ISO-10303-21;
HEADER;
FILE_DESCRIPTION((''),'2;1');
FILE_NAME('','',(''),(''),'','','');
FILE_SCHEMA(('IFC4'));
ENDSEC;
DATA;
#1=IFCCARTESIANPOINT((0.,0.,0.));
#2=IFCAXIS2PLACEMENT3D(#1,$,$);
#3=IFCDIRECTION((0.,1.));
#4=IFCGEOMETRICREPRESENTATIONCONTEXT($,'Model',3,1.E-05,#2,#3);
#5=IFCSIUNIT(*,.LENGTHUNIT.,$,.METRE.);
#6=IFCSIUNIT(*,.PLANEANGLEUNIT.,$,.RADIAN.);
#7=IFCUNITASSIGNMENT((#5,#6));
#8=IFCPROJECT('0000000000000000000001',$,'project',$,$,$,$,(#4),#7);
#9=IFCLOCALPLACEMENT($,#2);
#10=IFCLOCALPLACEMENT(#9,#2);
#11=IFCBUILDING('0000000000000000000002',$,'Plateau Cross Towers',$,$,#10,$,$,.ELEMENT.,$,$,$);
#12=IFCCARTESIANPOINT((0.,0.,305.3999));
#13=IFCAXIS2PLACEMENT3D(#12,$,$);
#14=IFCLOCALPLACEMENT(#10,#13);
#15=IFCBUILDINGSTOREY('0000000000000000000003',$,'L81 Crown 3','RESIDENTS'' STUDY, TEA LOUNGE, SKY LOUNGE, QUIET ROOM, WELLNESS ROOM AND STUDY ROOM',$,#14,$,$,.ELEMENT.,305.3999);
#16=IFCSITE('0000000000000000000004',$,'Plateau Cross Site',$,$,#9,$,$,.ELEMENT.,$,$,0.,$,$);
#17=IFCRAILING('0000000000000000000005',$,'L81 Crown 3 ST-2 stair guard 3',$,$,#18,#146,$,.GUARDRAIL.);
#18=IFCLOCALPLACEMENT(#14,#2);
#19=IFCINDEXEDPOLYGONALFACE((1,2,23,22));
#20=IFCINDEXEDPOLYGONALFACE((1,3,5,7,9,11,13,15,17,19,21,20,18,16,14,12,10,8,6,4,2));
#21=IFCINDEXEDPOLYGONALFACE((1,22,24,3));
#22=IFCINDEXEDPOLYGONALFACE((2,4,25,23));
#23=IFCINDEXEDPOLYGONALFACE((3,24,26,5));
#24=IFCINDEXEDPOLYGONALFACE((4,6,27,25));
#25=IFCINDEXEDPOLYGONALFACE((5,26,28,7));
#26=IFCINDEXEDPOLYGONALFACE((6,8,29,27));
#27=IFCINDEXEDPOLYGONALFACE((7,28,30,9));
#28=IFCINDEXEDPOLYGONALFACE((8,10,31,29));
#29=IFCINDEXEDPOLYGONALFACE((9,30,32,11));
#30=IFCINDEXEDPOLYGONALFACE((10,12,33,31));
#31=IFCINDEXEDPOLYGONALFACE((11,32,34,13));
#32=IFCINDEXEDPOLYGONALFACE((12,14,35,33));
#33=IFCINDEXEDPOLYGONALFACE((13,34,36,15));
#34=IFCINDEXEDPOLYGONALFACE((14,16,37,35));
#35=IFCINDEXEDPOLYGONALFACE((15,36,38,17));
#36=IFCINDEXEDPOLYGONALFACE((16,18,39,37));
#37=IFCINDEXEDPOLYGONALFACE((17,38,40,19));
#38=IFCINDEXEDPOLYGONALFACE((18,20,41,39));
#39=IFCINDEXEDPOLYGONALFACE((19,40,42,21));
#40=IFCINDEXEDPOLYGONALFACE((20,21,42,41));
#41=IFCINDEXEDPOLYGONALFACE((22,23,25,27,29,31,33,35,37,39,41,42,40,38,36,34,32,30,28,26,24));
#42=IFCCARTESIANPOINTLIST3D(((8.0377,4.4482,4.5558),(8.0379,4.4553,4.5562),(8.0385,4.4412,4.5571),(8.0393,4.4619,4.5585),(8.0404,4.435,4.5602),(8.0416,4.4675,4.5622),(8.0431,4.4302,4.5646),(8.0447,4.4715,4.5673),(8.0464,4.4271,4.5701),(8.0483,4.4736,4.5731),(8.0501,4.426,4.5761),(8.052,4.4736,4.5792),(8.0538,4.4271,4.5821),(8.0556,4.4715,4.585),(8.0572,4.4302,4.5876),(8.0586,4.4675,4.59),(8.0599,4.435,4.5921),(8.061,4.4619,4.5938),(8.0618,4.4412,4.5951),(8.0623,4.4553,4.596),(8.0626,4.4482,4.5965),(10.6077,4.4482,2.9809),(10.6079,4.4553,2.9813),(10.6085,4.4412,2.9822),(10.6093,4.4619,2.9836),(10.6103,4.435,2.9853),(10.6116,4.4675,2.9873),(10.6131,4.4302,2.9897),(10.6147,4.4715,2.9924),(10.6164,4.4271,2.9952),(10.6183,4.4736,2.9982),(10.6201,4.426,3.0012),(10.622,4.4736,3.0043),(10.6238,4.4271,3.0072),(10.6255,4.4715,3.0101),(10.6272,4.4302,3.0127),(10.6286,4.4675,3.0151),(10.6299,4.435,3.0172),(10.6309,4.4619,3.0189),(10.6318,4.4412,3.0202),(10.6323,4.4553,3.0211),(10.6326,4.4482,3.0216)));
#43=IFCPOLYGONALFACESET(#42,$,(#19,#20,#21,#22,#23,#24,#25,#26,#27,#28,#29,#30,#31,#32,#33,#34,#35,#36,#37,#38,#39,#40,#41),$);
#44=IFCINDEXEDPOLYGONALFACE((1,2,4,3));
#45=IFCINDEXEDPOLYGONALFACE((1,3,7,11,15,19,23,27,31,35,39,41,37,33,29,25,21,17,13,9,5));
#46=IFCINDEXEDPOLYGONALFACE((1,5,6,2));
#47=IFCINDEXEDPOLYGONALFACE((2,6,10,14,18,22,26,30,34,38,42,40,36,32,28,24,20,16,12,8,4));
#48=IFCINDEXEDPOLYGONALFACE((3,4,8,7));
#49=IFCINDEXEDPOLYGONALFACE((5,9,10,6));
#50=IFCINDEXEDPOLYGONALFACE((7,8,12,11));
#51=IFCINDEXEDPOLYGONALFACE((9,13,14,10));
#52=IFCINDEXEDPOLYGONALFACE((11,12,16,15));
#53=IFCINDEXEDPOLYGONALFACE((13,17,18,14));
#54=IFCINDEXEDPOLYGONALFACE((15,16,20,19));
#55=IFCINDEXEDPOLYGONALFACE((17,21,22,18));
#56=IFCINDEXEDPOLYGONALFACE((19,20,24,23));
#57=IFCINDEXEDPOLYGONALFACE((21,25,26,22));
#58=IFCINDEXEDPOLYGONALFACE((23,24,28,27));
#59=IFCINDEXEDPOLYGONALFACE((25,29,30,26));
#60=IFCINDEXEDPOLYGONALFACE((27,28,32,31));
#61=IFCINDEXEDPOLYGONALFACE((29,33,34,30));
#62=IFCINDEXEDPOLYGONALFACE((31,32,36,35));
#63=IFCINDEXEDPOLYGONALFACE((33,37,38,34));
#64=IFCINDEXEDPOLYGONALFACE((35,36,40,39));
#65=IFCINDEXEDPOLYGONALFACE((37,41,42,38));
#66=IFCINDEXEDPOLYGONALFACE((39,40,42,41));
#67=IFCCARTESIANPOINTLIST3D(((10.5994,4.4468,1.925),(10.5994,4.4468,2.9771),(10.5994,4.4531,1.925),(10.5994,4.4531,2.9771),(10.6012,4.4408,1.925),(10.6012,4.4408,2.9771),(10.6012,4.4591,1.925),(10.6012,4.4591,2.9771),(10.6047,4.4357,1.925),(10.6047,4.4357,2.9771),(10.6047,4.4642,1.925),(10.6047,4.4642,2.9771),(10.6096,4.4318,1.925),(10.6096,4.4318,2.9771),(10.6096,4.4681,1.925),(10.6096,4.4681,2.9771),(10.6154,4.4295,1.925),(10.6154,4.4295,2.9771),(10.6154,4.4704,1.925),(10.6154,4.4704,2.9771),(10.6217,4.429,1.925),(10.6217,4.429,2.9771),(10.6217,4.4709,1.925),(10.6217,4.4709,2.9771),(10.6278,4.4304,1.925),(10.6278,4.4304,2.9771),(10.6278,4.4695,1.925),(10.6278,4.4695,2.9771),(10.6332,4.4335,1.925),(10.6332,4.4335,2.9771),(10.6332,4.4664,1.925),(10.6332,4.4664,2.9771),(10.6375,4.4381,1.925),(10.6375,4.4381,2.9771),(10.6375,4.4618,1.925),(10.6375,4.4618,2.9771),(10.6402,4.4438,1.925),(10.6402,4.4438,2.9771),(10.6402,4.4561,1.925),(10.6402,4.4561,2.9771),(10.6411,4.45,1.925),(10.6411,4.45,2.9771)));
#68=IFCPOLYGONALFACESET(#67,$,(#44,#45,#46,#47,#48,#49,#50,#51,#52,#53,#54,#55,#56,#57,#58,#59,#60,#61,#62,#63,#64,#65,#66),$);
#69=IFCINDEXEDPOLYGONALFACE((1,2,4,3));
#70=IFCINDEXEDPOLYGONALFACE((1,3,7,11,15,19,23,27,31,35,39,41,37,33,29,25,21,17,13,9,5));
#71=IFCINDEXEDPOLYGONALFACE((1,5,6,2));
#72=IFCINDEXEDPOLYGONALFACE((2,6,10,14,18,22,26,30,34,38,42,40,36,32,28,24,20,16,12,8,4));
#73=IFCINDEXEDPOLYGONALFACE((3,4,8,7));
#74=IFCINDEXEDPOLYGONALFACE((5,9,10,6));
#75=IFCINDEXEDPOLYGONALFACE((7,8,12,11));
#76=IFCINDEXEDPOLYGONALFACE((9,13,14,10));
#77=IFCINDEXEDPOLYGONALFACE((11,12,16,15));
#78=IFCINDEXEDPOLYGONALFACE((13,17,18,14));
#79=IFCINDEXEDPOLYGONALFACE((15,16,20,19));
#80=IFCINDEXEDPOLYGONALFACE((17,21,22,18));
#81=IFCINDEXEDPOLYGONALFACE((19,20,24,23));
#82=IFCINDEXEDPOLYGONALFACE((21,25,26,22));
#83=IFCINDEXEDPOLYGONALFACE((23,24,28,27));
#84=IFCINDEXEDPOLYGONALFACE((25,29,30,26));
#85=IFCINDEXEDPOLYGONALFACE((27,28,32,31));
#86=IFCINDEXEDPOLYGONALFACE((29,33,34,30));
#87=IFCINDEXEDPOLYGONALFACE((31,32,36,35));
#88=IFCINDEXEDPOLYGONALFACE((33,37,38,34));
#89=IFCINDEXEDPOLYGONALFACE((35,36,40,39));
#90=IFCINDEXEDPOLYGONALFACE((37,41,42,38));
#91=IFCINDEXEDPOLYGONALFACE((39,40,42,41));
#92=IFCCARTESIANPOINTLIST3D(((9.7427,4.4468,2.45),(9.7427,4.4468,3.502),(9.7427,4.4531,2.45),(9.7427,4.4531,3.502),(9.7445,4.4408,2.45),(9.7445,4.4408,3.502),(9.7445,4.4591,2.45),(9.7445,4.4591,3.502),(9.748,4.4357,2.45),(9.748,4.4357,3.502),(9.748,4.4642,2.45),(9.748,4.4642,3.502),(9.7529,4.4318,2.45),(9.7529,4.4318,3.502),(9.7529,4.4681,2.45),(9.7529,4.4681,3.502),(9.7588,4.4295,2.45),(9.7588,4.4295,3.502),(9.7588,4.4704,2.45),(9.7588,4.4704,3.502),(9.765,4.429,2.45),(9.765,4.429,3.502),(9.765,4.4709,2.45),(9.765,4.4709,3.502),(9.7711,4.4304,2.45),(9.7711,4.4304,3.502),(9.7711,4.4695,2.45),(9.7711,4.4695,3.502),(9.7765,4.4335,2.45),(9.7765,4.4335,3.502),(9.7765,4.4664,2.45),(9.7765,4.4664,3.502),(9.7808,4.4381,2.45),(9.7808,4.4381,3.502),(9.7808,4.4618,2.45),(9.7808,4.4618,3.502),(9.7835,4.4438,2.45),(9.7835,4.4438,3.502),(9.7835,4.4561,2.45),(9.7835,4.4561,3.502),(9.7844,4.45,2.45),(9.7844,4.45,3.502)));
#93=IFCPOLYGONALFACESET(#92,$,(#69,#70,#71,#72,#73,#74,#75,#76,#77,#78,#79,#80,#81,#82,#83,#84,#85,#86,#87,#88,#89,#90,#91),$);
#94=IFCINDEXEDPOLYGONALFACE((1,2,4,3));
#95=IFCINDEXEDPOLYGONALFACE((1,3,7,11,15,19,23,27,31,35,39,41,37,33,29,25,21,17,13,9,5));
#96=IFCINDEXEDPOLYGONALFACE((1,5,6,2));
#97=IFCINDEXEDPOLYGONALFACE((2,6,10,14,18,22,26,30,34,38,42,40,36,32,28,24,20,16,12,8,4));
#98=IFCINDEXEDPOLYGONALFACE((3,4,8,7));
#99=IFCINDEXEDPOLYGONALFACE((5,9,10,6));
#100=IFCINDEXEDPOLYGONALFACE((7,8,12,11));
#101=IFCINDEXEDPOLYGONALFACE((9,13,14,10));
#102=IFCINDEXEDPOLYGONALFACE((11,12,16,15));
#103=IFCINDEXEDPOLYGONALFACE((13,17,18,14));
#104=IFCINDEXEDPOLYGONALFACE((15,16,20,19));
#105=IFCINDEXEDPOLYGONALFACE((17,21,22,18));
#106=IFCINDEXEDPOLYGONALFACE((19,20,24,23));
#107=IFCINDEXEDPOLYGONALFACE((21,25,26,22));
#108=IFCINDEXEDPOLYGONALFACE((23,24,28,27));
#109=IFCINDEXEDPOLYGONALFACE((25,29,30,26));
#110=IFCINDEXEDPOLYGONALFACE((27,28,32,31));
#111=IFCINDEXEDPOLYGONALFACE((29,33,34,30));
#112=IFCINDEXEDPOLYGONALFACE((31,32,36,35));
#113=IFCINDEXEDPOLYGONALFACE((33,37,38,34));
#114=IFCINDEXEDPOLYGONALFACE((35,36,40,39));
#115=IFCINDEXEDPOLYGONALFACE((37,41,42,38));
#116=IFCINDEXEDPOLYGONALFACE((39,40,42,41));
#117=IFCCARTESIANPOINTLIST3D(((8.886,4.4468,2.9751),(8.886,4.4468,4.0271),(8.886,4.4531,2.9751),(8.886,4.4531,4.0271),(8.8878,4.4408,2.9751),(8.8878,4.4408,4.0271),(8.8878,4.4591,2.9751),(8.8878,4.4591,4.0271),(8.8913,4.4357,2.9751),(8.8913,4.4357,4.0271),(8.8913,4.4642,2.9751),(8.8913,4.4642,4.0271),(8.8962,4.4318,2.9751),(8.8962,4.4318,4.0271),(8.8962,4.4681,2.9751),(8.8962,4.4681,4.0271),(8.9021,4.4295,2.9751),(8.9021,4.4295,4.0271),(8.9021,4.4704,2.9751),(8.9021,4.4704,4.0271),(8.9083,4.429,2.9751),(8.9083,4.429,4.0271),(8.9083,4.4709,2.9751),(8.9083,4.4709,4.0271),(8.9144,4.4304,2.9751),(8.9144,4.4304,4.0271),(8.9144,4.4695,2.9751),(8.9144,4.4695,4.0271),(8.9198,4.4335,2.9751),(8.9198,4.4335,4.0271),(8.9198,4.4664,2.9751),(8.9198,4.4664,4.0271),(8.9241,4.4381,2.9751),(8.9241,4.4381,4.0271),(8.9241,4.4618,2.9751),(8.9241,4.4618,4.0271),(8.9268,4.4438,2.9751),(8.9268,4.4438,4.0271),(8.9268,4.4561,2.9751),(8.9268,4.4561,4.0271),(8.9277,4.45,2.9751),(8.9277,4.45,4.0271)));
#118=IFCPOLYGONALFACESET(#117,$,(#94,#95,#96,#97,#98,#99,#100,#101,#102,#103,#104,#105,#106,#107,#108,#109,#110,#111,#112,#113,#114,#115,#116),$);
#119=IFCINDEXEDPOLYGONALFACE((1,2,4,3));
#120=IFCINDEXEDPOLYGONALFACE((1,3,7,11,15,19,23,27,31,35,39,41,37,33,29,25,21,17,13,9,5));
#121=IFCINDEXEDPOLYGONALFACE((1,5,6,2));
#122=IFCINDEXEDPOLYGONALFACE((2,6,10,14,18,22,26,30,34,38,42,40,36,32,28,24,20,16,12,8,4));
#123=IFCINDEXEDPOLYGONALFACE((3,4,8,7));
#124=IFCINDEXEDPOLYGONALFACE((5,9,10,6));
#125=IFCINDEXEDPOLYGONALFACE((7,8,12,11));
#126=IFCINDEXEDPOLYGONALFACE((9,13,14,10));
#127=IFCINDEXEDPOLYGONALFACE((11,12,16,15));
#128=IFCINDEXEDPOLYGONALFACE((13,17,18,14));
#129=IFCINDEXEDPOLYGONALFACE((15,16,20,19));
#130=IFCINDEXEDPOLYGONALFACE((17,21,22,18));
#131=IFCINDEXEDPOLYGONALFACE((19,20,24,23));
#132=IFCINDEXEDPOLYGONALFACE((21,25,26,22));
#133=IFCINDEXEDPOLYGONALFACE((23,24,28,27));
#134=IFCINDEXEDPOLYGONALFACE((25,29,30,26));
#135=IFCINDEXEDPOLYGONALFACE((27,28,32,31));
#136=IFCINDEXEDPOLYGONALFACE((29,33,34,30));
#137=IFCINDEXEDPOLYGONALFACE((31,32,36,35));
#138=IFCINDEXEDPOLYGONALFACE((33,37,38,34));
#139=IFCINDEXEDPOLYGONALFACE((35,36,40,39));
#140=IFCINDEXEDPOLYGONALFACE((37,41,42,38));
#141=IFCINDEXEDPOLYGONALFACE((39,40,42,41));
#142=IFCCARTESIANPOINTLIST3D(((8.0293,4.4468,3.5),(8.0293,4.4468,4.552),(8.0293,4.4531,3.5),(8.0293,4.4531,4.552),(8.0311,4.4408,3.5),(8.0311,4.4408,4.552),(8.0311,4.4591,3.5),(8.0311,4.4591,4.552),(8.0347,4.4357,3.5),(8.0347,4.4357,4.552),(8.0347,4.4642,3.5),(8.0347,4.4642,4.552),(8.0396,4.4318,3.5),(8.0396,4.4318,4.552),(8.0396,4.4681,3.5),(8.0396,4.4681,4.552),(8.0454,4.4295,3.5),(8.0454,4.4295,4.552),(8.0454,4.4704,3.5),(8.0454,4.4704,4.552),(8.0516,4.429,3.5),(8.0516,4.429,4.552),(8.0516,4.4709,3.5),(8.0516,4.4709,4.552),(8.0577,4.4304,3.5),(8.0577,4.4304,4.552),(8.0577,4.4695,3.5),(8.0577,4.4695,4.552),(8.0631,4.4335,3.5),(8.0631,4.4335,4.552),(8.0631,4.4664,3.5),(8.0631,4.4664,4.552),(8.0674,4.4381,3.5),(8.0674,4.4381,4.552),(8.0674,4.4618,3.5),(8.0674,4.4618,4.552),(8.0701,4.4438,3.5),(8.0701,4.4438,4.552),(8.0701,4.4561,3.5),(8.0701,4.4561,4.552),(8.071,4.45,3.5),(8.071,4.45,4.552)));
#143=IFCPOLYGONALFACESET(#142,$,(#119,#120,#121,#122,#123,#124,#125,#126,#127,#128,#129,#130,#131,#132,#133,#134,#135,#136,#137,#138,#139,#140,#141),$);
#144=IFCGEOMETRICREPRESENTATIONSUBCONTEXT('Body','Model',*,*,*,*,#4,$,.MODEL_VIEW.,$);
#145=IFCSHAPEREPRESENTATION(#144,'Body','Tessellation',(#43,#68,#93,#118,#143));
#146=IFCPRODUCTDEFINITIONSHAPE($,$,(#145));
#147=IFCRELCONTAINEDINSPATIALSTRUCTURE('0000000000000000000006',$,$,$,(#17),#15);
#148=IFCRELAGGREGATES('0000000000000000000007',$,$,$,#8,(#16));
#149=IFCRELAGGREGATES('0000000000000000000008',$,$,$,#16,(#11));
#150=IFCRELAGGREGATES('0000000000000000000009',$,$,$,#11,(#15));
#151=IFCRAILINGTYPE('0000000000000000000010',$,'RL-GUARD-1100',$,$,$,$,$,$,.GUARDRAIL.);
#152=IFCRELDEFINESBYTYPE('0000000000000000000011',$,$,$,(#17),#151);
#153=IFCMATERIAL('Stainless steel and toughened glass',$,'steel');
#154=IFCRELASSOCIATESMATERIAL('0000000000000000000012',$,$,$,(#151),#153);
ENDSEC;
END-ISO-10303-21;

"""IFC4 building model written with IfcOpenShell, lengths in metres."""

from ifc_helpers import new_model, si_unit, direction, frame, origin, origin_2d, place, context, subcontext, project, spatial, circle, extrude, material, type_object, element, save


model = new_model("IFC4")

# Units and contexts
model_context = context("Model", 3, precision=1e-05, world=origin(), true_north=direction((0.0, 1.0)))
body_context = subcontext(model_context, "Body", "Model", "MODEL_VIEW")
ifc_project = project(units=[si_unit("LENGTHUNIT", "METRE"), si_unit("PLANEANGLEUNIT", "RADIAN")], contexts=[model_context])

# Site, building, storey
site_placement = place(None, origin())
site = spatial("IfcSite", under=ifc_project, at=site_placement, Name="Plateau Cross Site", CompositionType="ELEMENT", RefElevation=0.0)
building_placement = place(site_placement, origin())
building = spatial("IfcBuilding", under=site, at=building_placement, Name="Plateau Cross Towers", CompositionType="ELEMENT")
storey_placement = place(building_placement, frame((0.0, 0.0, 305.3999)))
storey = spatial("IfcBuildingStorey", under=building, at=storey_placement, Name="L81 Crown 3", Description="RESIDENTS' STUDY, TEA LOUNGE, SKY LOUNGE, QUIET ROOM, WELLNESS ROOM AND STUDY ROOM", CompositionType="ELEMENT", Elevation=305.3999)

# Railing
ifc_material_1 = material(Name="Stainless steel and toughened glass", Category="steel")
railing_type_1 = type_object("IfcRailingType", Name="RL-GUARD-1100", PredefinedType="GUARDRAIL", material=ifc_material_1)
railing_1_placement = place(storey_placement, frame((10.6201, 4.45, 1.925)))
element("IfcRailing", 1, at=railing_1_placement, inside=storey, type_object=railing_type_1, Name="L81 Crown 3 ST-2 stair guard 3", PredefinedType="GUARDRAIL", context=body_context, shape_type="SweptSolid", body=[
    extrude(circle(Radius=0.0239, at=origin_2d()), frame((0.0, 0.0, 1.0762), z_axis=(-0.852639, 0.0, 0.522501), x_axis=(0.0, -1.0, 0.0)), (0.0, 0.0, 1.0), 3.0142),
    extrude(circle(Radius=0.021, at=origin_2d()), origin(), (0.0, 0.0, 1.0), 1.052),
    extrude(circle(Radius=0.021, at=origin_2d()), frame((-0.8567, 0.0, 0.5249)), (0.0, 0.0, 1.0), 1.052),
    extrude(circle(Radius=0.021, at=origin_2d()), frame((-1.7134, 0.0, 1.05)), (0.0, 0.0, 1.0), 1.052),
    extrude(circle(Radius=0.021, at=origin_2d()), frame((-2.5701, 0.0, 1.575)), (0.0, 0.0, 1.0), 1.052),
])

save(model, "model.ifc")
